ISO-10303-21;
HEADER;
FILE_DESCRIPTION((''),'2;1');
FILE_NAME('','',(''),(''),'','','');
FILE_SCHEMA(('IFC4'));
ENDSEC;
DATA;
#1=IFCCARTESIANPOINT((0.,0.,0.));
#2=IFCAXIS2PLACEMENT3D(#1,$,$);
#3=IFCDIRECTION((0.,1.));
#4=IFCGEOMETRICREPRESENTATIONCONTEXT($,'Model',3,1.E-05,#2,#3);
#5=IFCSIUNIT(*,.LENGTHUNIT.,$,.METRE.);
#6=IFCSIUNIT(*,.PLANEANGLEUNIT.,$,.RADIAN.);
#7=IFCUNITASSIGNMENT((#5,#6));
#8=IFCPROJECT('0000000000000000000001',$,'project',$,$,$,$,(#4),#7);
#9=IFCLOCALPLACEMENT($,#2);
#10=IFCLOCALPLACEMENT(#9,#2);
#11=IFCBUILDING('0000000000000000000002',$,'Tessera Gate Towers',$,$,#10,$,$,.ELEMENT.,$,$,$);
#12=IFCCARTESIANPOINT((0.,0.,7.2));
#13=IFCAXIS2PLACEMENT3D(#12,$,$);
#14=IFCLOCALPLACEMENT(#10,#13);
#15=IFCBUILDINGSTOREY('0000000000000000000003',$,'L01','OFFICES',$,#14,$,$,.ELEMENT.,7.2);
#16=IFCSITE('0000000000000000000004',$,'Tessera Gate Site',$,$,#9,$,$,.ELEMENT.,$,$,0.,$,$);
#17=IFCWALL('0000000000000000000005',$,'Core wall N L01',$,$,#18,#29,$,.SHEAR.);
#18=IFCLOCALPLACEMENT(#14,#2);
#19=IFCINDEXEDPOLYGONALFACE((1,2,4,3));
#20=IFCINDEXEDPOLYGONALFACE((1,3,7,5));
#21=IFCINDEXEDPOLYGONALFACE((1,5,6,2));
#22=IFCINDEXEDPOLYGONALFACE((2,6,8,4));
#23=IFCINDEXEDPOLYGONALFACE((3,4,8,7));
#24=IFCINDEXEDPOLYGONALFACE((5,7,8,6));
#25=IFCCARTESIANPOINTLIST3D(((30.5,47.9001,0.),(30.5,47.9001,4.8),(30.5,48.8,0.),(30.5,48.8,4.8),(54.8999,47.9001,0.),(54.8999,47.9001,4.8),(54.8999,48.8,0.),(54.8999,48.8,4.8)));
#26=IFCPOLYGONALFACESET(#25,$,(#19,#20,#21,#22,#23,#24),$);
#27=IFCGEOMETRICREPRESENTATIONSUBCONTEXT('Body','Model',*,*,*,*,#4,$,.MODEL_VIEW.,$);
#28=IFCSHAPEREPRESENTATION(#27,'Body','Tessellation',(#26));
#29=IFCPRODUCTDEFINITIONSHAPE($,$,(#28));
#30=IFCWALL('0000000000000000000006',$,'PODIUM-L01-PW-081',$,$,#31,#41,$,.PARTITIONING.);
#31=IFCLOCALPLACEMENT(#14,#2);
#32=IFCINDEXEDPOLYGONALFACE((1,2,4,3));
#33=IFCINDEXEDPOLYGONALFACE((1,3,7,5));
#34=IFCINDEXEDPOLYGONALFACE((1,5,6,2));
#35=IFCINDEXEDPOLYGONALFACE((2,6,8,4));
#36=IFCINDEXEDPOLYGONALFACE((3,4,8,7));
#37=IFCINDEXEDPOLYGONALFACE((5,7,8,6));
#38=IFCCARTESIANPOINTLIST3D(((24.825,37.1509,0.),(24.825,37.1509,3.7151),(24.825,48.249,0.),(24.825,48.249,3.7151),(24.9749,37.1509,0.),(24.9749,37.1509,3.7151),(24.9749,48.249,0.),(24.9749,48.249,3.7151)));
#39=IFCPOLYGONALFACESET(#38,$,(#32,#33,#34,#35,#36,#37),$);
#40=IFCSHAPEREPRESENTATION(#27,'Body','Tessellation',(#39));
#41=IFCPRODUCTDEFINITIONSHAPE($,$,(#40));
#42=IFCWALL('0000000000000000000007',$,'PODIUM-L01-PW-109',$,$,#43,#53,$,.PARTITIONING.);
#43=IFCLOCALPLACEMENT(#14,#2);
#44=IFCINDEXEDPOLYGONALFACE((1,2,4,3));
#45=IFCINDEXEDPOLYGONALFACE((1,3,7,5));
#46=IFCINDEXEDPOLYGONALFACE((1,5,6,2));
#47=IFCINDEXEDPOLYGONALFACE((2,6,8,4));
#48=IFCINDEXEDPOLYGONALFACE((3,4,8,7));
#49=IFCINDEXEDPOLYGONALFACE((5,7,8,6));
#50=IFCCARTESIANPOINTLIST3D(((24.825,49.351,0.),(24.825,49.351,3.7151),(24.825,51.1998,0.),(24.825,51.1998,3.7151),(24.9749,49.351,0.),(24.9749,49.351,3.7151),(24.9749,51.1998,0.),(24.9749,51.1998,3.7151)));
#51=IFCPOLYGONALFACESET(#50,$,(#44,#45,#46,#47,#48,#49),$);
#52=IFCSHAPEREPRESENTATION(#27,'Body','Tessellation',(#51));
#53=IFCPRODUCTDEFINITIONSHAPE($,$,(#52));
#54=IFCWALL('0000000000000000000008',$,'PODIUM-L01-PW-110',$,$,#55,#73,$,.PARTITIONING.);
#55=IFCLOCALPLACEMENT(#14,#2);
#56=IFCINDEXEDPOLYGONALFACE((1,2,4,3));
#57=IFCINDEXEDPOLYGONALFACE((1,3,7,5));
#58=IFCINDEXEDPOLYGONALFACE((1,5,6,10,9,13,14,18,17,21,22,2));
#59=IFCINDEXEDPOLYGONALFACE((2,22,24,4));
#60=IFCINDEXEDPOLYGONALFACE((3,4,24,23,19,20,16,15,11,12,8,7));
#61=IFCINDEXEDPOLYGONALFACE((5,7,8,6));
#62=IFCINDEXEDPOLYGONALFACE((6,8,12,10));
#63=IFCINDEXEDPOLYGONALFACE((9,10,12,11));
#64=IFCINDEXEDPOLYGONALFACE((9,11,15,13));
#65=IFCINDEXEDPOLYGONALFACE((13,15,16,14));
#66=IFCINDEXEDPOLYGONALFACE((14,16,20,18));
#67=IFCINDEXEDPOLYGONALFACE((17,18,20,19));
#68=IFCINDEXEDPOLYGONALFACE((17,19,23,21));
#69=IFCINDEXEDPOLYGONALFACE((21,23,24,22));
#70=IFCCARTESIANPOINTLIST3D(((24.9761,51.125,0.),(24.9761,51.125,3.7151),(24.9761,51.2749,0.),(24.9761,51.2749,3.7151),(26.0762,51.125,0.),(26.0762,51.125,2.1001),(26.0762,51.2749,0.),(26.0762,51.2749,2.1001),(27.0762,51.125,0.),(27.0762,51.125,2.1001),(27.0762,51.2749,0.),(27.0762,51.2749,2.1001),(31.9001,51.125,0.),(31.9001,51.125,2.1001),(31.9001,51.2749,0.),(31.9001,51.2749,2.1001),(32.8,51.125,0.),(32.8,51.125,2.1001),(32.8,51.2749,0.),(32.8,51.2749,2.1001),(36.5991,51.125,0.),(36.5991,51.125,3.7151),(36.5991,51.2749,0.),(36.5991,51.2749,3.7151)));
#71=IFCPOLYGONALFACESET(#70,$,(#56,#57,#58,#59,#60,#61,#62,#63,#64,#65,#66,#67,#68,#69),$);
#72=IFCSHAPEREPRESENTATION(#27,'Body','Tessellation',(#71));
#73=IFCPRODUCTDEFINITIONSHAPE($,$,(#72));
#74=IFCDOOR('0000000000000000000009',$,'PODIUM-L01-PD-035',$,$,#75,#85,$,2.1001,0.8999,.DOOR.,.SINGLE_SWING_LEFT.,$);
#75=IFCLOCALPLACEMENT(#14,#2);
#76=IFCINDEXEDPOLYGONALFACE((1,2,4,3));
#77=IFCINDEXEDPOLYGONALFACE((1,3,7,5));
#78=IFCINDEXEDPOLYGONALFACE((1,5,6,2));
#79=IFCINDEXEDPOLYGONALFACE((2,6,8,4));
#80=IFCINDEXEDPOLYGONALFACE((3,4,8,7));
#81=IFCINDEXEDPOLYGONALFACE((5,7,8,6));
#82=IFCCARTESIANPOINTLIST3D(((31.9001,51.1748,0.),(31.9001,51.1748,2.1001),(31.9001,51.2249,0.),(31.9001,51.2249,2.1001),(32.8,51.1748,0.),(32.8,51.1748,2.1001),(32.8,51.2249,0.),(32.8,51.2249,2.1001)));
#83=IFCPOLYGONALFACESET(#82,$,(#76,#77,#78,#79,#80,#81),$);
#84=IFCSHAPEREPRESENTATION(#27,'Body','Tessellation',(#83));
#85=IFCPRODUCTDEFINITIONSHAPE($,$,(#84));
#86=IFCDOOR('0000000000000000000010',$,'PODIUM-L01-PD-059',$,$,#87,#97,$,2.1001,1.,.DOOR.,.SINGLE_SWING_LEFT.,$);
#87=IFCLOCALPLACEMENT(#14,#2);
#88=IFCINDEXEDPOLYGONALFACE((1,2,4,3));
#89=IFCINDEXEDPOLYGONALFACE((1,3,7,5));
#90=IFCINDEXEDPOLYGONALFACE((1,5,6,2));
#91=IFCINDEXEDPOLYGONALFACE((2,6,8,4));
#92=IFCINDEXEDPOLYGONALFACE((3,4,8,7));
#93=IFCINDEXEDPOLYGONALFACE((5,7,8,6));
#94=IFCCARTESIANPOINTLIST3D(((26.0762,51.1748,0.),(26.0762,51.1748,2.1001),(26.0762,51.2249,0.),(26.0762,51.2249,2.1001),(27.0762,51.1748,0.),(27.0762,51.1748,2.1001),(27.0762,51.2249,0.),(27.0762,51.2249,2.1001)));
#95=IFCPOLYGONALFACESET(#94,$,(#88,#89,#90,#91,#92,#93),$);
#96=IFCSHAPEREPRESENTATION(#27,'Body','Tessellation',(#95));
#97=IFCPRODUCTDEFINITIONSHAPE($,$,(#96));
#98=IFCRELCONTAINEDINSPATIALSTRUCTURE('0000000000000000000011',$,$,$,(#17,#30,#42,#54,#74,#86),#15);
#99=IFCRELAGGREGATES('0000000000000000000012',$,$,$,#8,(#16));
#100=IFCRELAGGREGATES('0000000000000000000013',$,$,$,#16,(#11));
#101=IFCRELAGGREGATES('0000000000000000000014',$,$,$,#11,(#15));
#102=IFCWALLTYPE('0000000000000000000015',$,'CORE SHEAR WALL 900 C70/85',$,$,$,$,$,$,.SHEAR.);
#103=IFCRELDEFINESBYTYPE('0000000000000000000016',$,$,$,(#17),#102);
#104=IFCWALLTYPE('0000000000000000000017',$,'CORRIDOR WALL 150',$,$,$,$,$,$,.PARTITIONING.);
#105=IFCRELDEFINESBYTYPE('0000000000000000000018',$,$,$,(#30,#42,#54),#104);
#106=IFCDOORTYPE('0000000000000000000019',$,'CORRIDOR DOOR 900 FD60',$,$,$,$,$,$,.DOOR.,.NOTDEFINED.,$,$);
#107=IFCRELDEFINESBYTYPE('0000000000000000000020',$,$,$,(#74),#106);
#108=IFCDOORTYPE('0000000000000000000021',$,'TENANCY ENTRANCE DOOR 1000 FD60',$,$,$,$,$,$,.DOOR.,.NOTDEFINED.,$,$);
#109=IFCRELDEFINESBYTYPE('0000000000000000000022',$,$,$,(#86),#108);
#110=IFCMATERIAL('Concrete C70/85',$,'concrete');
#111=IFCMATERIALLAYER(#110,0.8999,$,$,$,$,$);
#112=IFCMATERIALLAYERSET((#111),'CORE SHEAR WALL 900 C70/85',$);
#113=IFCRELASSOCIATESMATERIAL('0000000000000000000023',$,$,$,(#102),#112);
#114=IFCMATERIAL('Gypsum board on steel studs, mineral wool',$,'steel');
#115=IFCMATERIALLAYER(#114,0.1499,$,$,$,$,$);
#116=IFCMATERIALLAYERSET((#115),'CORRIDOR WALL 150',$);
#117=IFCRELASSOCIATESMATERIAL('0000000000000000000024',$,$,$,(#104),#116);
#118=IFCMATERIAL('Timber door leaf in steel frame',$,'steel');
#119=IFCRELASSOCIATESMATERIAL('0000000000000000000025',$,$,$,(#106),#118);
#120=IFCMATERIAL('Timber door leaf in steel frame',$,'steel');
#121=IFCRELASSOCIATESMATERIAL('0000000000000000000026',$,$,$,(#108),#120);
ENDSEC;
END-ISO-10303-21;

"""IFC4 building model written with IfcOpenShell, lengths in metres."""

from ifc_helpers import new_model, si_unit, direction, frame, frame_2d, origin, place, context, subcontext, project, spatial, rectangle, extrude, source, transform, mapped, material, layer, layer_set, type_object, element, fill, save


model = new_model("IFC4")

# Units and contexts
model_context = context("Model", 3, precision=1e-05, world=origin(), true_north=direction((0.0, 1.0)))
body_context = subcontext(model_context, "Body", "Model", "MODEL_VIEW")
ifc_project = project(units=[si_unit("LENGTHUNIT", "METRE"), si_unit("PLANEANGLEUNIT", "RADIAN")], contexts=[model_context])

# Site, building, storey
site_placement = place(None, origin())
site = spatial("IfcSite", under=ifc_project, at=site_placement, Name="Tessera Gate Site", CompositionType="ELEMENT", RefElevation=0.0)
building_placement = place(site_placement, origin())
building = spatial("IfcBuilding", under=site, at=building_placement, Name="Tessera Gate Towers", CompositionType="ELEMENT")
storey_placement = place(building_placement, frame((0.0, 0.0, 7.2)))
storey = spatial("IfcBuildingStorey", under=building, at=storey_placement, Name="L01", Description="OFFICES", CompositionType="ELEMENT", Elevation=7.2)

# Shared definitions
shared_shape_1 = source(origin(), body_context, "Body", "SweptSolid", [
    extrude(rectangle(XDim=0.8999, YDim=2.1001, at=frame_2d((0.45, 1.05))), frame((0.0, 0.0249, 0.0), z_axis=(0.0, -1.0, 0.0), x_axis=(1.0, 0.0, 0.0)), (0.0, 0.0, 1.0), 0.05),
])

# Walls
ifc_material_1 = material(Name="Concrete C70/85", Category="concrete")
ifc_layer_1 = layer(ifc_material_1, 0.8999)
ifc_layer_set_1 = layer_set([ifc_layer_1], Name="CORE SHEAR WALL 900 C70/85")
wall_type_1 = type_object("IfcWallType", Name="CORE SHEAR WALL 900 C70/85", PredefinedType="SHEAR", material=ifc_layer_set_1)
wall_1_placement = place(storey_placement, frame((30.5, 48.3501, 0.0), z_axis=(0.0, 0.0, 1.0), x_axis=(1.0, 0.0, 0.0)))
element("IfcWall", 1, at=wall_1_placement, inside=storey, type_object=wall_type_1, Name="Core wall N L01", PredefinedType="SHEAR", context=body_context, shape_type="SweptSolid", body=[
    extrude(rectangle(XDim=24.3999, YDim=0.8999, at=frame_2d((12.2, 0.0))), origin(), (0.0, 0.0, 1.0), 4.8),
])
ifc_material_2 = material(Name="Gypsum board on steel studs, mineral wool", Category="steel")
ifc_layer_2 = layer(ifc_material_2, 0.1499)
ifc_layer_set_2 = layer_set([ifc_layer_2], Name="CORRIDOR WALL 150")
wall_type_2 = type_object("IfcWallType", Name="CORRIDOR WALL 150", PredefinedType="PARTITIONING", material=ifc_layer_set_2)
wall_2_placement = place(storey_placement, frame((24.8999, 37.1509, 0.0), z_axis=(0.0, 0.0, 1.0), x_axis=(0.0, 1.0, 0.0)))
element("IfcWall", 2, at=wall_2_placement, inside=storey, type_object=wall_type_2, Name="PODIUM-L01-PW-081", PredefinedType="PARTITIONING", context=body_context, shape_type="SweptSolid", body=[
    extrude(rectangle(XDim=11.0981, YDim=0.1499, at=frame_2d((5.5491, 0.0))), origin(), (0.0, 0.0, 1.0), 3.7151),
])
wall_3_placement = place(storey_placement, frame((24.8999, 49.3511, 0.0), z_axis=(0.0, 0.0, 1.0), x_axis=(0.0, 1.0, 0.0)))
element("IfcWall", 3, at=wall_3_placement, inside=storey, type_object=wall_type_2, Name="PODIUM-L01-PW-109", PredefinedType="PARTITIONING", context=body_context, shape_type="SweptSolid", body=[
    extrude(rectangle(XDim=1.8489, YDim=0.1499, at=frame_2d((0.9243, 0.0))), origin(), (0.0, 0.0, 1.0), 3.7151),
])

# Wall, openings, doors
wall_4_placement = place(storey_placement, frame((24.9761, 51.2, 0.0), z_axis=(0.0, 0.0, 1.0), x_axis=(1.0, 0.0, 0.0)))
wall_4 = element("IfcWall", 4, at=wall_4_placement, inside=storey, type_object=wall_type_2, Name="PODIUM-L01-PW-110", PredefinedType="PARTITIONING", context=body_context, shape_type="SweptSolid", body=[
    extrude(rectangle(XDim=11.623, YDim=0.1499, at=frame_2d((5.8115, 0.0))), origin(), (0.0, 0.0, 1.0), 3.7151),
])
shared_shape_2 = source(origin(), body_context, "Body", "SweptSolid", [
    extrude(rectangle(XDim=0.8999, YDim=2.1001, at=frame_2d((0.45, 1.05))), frame((0.0, 0.085, 0.0), z_axis=(0.0, -1.0, 0.0), x_axis=(1.0, 0.0, 0.0)), (0.0, 0.0, 1.0), 0.1699),
])
opening_1_placement = place(wall_4_placement, frame((6.9241, 0.0, 0.0)))
opening_1 = element("IfcOpeningElement", 5, at=opening_1_placement, cuts=wall_4, PredefinedType="OPENING", context=body_context, shape_type="MappedRepresentation", body=[
    mapped(shared_shape_2, transform((0.0, 0.0, 0.0), scale=1.0)),
])
shared_shape_3 = source(origin(), body_context, "Body", "SweptSolid", [
    extrude(rectangle(XDim=1.0, YDim=2.1001, at=frame_2d((0.5, 1.05))), frame((0.0, 0.085, 0.0), z_axis=(0.0, -1.0, 0.0), x_axis=(1.0, 0.0, 0.0)), (0.0, 0.0, 1.0), 0.1699),
])
opening_2_placement = place(wall_4_placement, frame((1.1001, 0.0, 0.0)))
opening_2 = element("IfcOpeningElement", 6, at=opening_2_placement, cuts=wall_4, PredefinedType="OPENING", context=body_context, shape_type="MappedRepresentation", body=[
    mapped(shared_shape_3, transform((0.0, 0.0, 0.0), scale=1.0)),
])
ifc_material_3 = material(Name="Timber door leaf in steel frame", Category="steel")
door_type_1 = type_object("IfcDoorType", Name="CORRIDOR DOOR 900 FD60", OperationType="NOTDEFINED", PredefinedType="DOOR", material=ifc_material_3)
door_1_placement = place(opening_1_placement, origin())
door_1 = element("IfcDoor", 7, at=door_1_placement, inside=storey, type_object=door_type_1, Name="PODIUM-L01-PD-035", OperationType="SINGLE_SWING_LEFT", OverallHeight=2.1001, OverallWidth=0.8999, PredefinedType="DOOR", context=body_context, shape_type="MappedRepresentation", body=[
    mapped(shared_shape_1, transform((0.0, 0.0, 0.0), scale=1.0)),
])
fill(opening_1, door_1)
ifc_material_4 = material(Name="Timber door leaf in steel frame", Category="steel")
door_type_2 = type_object("IfcDoorType", Name="TENANCY ENTRANCE DOOR 1000 FD60", OperationType="NOTDEFINED", PredefinedType="DOOR", material=ifc_material_4)
shared_shape_4 = source(origin(), body_context, "Body", "SweptSolid", [
    extrude(rectangle(XDim=1.0, YDim=2.1001, at=frame_2d((0.5, 1.05))), frame((0.0, 0.0249, 0.0), z_axis=(0.0, -1.0, 0.0), x_axis=(1.0, 0.0, 0.0)), (0.0, 0.0, 1.0), 0.05),
])
door_2_placement = place(opening_2_placement, origin())
door_2 = element("IfcDoor", 8, at=door_2_placement, inside=storey, type_object=door_type_2, Name="PODIUM-L01-PD-059", OperationType="SINGLE_SWING_LEFT", OverallHeight=2.1001, OverallWidth=1.0, PredefinedType="DOOR", context=body_context, shape_type="MappedRepresentation", body=[
    mapped(shared_shape_4, transform((0.0, 0.0, 0.0), scale=1.0)),
])
fill(opening_2, door_2)

save(model, "model.ifc")
